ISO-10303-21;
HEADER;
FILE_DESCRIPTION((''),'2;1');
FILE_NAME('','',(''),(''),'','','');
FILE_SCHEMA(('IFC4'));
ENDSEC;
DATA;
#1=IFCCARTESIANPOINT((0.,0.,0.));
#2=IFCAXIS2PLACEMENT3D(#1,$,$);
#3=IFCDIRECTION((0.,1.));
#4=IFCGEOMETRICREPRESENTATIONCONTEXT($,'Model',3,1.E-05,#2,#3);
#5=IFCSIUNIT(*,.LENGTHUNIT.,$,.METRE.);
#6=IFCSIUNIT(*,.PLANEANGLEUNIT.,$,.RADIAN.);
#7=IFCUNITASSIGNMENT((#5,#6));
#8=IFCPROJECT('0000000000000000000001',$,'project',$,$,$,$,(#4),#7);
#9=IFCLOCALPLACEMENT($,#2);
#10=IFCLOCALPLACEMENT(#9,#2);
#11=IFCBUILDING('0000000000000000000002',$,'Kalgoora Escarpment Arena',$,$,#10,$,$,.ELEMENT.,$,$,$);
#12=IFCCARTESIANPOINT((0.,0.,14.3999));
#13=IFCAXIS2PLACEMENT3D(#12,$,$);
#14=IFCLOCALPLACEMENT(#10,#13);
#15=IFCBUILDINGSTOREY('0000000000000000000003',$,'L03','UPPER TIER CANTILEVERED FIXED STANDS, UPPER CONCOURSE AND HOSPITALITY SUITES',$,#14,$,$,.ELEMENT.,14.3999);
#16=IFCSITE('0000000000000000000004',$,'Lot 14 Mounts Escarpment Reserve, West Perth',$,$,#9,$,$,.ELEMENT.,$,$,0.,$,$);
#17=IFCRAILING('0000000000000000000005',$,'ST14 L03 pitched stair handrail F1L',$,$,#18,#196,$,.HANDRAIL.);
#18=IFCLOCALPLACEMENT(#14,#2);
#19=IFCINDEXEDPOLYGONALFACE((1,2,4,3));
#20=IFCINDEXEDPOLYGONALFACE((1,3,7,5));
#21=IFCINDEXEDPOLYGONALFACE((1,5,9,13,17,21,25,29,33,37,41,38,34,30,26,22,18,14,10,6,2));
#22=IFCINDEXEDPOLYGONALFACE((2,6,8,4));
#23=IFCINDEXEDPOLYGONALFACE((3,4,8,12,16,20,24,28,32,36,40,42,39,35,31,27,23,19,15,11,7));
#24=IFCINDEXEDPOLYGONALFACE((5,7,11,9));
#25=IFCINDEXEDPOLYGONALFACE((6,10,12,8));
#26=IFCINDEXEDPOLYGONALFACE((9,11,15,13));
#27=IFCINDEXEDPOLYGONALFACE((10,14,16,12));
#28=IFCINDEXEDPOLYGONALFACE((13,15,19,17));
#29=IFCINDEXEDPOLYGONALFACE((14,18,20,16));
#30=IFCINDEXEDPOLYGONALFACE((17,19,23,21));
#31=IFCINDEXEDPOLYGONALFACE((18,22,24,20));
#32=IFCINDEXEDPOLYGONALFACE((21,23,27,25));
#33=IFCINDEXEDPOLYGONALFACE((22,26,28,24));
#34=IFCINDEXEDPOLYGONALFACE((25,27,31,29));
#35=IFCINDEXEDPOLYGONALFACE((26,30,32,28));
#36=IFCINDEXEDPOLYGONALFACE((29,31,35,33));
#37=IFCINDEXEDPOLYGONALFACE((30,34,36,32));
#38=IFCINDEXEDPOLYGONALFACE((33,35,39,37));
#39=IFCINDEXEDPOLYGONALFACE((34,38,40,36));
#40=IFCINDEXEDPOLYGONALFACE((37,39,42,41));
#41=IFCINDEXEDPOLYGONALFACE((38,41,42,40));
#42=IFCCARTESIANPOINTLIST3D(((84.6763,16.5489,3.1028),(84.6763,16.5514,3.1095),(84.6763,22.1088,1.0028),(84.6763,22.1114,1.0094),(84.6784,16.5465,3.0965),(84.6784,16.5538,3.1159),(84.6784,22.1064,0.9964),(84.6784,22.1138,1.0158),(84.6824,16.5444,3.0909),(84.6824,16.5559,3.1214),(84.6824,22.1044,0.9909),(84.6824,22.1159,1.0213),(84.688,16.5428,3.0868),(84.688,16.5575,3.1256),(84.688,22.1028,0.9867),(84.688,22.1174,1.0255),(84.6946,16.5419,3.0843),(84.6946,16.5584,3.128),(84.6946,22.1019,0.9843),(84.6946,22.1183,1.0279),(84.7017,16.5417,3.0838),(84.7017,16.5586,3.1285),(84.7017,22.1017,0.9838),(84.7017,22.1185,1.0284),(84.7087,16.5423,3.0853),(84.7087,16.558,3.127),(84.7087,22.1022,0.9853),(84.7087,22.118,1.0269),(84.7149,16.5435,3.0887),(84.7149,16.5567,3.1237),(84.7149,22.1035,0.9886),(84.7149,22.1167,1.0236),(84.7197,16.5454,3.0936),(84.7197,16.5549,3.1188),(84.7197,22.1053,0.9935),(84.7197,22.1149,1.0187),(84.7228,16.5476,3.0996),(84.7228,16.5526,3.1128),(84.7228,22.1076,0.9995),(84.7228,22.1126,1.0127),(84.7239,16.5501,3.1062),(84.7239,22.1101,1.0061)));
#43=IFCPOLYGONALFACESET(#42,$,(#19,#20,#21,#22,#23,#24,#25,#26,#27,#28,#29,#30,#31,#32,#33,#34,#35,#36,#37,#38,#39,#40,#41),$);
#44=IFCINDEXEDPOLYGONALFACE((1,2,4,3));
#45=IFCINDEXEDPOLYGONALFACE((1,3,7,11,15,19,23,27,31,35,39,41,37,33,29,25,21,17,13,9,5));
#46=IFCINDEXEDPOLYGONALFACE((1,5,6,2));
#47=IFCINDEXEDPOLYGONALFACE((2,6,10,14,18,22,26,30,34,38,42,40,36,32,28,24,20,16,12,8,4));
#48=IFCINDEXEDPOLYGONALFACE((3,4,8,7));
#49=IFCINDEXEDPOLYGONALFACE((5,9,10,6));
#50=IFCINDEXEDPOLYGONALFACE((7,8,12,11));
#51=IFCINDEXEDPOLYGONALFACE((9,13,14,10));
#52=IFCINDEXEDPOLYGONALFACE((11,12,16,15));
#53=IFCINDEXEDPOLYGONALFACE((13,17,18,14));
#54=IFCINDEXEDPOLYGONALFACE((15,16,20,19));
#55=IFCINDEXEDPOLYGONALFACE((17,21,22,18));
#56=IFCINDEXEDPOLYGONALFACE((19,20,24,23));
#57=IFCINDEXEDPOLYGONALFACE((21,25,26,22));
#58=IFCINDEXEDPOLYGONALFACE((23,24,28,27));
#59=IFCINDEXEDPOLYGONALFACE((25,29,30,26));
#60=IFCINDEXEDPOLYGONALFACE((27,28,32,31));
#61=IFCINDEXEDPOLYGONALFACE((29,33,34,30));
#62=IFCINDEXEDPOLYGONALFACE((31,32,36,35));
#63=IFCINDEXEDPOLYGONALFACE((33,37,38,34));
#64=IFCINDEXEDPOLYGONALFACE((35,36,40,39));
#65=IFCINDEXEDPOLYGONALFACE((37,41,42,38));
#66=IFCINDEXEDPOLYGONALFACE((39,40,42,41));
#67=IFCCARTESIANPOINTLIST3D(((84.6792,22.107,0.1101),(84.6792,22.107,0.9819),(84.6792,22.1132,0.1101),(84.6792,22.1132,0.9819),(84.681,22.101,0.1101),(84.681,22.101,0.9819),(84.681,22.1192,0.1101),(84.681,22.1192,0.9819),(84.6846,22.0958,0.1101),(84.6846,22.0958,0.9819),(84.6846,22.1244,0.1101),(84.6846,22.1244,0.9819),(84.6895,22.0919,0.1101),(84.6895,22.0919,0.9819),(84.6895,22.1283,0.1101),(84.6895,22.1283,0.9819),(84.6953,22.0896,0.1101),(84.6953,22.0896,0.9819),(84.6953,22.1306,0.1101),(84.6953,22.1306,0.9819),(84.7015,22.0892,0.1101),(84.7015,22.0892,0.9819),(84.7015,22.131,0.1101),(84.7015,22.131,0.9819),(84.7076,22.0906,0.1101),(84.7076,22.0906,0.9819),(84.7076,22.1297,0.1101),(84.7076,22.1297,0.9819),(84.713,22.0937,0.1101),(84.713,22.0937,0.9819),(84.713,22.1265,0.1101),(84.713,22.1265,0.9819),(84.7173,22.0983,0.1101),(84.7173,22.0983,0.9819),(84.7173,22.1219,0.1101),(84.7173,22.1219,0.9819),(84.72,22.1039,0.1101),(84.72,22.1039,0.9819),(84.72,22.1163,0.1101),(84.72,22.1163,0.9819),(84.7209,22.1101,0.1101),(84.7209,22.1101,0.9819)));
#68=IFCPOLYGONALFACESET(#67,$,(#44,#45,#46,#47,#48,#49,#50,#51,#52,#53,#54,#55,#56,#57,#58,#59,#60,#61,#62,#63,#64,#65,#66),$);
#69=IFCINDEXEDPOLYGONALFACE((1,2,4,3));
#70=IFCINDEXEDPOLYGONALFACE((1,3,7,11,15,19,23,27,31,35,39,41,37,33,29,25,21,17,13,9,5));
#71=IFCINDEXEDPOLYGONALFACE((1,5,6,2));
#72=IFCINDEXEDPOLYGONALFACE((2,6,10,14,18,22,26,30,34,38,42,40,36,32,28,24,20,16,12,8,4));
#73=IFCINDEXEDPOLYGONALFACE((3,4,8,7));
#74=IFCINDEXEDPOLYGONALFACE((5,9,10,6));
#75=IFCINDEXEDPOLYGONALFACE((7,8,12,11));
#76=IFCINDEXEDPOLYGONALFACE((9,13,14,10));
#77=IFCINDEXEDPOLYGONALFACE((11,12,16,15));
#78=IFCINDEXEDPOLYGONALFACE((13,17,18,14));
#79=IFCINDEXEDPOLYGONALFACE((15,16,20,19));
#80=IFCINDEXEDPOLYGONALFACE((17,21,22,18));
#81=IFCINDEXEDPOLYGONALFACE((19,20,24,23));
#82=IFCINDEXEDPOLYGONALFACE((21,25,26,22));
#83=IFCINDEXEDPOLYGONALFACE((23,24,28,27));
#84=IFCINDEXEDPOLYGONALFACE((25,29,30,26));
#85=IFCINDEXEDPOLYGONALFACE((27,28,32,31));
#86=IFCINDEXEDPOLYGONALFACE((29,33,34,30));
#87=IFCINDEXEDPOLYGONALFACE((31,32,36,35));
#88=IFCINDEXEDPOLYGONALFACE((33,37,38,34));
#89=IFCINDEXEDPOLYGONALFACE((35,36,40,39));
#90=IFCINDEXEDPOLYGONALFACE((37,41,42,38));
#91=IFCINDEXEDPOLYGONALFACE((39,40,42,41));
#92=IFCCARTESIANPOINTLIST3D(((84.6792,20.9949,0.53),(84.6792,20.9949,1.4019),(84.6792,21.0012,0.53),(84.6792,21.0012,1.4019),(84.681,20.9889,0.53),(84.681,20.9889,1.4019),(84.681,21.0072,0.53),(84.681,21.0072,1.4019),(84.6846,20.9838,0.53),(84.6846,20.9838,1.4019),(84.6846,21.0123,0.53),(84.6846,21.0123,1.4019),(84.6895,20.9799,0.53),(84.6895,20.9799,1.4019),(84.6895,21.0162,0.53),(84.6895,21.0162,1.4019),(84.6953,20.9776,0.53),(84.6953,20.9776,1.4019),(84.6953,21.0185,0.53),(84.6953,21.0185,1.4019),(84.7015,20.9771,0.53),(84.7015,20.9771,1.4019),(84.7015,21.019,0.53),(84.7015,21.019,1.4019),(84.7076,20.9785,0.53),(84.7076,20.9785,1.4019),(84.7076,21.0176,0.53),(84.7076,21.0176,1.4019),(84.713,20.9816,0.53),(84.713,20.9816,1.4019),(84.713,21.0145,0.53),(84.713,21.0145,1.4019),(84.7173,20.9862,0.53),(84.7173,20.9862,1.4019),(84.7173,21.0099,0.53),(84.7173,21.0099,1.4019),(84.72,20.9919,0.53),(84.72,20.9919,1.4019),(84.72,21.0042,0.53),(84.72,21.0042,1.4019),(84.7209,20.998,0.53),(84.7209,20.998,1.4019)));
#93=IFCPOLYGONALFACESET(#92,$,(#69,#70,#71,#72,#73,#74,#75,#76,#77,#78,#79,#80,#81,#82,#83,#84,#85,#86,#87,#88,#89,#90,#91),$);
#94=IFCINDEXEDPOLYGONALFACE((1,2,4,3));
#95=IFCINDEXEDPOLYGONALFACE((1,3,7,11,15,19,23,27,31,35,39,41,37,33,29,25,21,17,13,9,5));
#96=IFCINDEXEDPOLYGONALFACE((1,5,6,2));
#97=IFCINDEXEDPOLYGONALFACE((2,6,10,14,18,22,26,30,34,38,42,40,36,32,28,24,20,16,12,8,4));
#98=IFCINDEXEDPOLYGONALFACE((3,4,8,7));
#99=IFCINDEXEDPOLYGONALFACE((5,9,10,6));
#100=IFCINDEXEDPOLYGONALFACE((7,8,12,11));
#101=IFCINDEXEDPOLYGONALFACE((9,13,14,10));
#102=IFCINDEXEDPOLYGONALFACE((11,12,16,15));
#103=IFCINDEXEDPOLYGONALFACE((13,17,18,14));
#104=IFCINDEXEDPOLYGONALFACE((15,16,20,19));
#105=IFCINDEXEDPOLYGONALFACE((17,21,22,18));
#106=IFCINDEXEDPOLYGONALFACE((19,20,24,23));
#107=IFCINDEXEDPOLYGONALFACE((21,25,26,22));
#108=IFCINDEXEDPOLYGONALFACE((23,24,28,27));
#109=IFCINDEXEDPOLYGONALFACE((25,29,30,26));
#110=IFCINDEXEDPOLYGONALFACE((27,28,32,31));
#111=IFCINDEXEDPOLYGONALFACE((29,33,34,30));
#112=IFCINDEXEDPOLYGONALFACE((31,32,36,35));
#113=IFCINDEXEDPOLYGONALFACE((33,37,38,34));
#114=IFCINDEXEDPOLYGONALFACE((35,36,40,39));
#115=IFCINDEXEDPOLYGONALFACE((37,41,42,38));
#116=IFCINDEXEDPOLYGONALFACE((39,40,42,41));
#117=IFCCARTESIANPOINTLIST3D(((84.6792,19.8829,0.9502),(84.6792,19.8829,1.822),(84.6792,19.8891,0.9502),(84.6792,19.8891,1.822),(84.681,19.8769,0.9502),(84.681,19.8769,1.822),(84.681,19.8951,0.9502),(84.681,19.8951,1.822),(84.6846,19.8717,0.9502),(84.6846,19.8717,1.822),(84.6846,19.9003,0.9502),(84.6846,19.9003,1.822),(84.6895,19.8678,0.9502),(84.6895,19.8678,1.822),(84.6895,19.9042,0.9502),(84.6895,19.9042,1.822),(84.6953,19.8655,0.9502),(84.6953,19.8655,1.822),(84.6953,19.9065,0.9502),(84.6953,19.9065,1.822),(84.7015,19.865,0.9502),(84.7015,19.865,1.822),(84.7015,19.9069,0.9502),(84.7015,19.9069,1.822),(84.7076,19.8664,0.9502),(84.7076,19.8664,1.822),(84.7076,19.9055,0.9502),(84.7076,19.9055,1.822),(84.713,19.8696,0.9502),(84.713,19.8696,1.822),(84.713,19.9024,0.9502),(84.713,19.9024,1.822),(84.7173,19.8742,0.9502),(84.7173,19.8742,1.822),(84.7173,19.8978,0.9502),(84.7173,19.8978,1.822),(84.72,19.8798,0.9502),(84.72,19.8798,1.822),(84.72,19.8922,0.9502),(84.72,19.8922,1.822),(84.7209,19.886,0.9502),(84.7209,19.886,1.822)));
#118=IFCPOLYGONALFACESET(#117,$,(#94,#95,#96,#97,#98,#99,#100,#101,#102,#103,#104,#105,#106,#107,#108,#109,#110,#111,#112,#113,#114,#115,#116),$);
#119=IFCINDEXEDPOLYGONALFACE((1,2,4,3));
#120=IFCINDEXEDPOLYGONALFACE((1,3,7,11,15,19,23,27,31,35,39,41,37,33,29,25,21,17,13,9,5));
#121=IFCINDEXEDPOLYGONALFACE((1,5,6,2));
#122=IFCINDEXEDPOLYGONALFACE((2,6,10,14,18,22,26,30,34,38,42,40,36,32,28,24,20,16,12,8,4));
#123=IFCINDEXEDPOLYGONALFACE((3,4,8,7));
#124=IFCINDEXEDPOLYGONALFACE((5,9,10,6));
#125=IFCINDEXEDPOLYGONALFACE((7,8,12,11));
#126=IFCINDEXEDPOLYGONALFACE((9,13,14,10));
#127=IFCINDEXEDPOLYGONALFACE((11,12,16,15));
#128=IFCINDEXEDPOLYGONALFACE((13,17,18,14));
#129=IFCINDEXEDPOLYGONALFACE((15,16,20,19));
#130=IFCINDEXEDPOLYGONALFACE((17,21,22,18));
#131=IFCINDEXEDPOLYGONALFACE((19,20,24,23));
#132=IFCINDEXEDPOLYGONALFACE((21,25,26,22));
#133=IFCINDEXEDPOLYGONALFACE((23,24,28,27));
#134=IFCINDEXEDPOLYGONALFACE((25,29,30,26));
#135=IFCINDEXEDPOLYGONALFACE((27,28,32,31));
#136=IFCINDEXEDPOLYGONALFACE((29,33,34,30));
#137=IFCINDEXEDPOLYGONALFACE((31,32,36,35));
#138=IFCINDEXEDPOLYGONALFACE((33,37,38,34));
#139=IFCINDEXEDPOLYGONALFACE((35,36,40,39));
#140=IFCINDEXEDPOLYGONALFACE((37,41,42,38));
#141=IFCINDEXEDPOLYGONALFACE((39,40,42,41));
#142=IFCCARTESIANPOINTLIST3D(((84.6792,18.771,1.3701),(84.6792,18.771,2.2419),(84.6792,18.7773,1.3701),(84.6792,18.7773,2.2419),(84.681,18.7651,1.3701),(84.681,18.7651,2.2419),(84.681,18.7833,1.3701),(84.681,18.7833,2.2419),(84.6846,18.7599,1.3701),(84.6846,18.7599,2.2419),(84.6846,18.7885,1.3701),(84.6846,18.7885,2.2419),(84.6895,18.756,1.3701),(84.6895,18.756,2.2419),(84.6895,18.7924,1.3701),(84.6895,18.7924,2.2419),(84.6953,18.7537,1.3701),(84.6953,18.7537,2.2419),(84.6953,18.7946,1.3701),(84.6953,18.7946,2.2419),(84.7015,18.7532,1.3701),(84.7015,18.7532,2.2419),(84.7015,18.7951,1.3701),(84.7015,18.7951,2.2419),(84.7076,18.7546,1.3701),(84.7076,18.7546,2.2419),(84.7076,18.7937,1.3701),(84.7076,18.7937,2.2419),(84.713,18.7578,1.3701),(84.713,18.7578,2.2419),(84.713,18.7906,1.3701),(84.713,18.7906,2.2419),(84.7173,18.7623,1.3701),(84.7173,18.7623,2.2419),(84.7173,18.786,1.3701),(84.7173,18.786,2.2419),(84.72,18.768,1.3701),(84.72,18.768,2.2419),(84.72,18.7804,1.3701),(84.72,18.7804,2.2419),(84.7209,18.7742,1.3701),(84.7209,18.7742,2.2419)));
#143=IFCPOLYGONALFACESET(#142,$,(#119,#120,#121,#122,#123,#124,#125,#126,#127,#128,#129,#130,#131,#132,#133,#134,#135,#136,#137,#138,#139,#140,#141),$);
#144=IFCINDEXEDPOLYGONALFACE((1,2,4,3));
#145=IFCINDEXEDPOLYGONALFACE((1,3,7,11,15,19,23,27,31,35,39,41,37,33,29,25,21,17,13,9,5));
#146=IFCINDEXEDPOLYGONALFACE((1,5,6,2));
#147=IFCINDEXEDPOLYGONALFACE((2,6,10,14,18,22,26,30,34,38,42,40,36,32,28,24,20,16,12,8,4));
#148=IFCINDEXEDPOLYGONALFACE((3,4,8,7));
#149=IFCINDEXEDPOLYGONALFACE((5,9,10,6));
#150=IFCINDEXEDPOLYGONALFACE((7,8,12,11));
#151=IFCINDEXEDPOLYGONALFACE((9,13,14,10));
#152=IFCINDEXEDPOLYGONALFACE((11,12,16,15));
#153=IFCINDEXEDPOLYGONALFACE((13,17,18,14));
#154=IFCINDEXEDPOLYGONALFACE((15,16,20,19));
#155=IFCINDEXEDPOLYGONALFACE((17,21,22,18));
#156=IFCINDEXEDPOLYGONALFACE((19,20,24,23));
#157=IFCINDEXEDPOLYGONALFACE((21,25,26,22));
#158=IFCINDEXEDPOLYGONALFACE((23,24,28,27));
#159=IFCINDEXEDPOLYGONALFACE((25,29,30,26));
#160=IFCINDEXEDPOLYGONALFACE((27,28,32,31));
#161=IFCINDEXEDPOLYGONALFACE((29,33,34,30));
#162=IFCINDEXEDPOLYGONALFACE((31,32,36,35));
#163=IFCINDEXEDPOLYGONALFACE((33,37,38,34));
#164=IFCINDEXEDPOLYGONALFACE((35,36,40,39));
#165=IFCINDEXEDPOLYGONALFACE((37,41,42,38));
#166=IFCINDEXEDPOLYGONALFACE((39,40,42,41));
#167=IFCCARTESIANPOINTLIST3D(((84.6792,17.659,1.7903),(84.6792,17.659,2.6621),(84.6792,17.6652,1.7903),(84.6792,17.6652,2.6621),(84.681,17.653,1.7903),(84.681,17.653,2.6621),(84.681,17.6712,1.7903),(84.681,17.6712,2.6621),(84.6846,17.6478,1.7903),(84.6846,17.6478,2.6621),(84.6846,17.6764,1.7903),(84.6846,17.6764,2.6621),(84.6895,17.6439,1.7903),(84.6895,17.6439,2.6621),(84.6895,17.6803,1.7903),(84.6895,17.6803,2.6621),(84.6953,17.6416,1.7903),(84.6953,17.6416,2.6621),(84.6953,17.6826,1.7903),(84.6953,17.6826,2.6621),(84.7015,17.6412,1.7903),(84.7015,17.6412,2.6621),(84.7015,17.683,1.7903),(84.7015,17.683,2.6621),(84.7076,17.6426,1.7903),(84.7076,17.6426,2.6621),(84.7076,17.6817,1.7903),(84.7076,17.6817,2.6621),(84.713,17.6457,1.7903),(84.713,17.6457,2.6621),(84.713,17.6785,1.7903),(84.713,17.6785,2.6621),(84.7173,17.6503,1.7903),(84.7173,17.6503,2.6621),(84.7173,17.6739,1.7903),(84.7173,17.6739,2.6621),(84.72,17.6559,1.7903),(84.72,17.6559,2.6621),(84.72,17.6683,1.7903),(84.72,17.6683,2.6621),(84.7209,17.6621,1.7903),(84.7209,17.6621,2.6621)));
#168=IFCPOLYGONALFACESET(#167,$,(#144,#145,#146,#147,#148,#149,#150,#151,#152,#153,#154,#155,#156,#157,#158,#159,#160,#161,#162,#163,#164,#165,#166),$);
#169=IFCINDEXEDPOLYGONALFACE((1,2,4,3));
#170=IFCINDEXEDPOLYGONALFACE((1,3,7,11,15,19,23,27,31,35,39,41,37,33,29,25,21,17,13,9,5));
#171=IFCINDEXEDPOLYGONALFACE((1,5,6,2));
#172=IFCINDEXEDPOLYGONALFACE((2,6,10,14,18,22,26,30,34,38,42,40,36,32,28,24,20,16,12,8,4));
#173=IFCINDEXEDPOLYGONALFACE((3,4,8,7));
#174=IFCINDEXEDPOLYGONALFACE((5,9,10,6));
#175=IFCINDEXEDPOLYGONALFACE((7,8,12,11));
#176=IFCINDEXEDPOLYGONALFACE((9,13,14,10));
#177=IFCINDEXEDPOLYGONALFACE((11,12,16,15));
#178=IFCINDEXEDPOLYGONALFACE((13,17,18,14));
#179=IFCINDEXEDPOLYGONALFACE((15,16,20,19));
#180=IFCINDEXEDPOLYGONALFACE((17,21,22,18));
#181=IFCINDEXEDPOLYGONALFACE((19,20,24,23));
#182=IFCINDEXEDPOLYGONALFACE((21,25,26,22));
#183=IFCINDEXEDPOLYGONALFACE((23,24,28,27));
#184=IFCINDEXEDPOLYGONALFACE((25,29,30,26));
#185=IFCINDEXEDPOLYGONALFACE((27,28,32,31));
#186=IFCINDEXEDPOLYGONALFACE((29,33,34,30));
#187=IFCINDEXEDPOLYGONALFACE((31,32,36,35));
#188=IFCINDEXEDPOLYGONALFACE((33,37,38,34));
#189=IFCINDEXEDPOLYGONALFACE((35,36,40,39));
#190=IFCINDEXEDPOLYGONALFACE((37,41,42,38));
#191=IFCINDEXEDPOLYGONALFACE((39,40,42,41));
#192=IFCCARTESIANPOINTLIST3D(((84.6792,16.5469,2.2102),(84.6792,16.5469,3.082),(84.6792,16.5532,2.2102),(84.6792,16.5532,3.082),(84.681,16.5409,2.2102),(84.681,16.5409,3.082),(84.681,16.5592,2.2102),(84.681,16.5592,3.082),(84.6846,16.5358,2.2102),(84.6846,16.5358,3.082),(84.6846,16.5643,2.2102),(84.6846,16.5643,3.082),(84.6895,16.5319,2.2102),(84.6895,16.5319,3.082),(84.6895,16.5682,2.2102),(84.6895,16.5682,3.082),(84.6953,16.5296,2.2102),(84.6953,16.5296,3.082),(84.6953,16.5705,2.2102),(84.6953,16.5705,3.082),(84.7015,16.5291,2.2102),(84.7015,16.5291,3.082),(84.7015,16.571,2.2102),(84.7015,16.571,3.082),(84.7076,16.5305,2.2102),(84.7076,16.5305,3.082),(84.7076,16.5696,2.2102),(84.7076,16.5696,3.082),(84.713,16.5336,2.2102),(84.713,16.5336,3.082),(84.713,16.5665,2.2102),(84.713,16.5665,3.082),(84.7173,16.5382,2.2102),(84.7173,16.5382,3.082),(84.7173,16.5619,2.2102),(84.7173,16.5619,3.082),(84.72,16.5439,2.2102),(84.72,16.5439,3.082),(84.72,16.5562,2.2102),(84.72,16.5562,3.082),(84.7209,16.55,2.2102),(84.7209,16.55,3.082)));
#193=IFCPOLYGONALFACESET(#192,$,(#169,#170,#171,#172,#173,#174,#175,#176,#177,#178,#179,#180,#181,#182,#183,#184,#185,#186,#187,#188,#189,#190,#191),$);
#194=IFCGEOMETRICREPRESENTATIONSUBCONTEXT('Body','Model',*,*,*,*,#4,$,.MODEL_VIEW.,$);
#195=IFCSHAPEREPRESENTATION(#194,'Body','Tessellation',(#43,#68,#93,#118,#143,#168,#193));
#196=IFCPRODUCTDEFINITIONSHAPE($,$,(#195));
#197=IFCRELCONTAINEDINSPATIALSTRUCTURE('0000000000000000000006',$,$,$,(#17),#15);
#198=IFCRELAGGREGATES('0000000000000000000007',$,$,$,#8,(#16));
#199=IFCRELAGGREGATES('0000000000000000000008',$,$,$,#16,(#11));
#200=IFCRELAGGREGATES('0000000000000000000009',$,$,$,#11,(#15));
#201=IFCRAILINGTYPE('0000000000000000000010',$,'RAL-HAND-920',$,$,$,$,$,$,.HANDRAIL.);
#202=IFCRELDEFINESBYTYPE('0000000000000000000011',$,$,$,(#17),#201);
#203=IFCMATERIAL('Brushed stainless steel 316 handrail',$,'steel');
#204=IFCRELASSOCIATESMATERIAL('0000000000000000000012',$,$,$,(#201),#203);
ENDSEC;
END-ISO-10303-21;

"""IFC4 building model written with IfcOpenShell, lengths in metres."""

from ifc_helpers import new_model, si_unit, direction, frame, origin, origin_2d, place, context, subcontext, project, spatial, circle, extrude, material, type_object, element, save


model = new_model("IFC4")

# Units and contexts
model_context = context("Model", 3, precision=1e-05, world=origin(), true_north=direction((0.0, 1.0)))
body_context = subcontext(model_context, "Body", "Model", "MODEL_VIEW")
ifc_project = project(units=[si_unit("LENGTHUNIT", "METRE"), si_unit("PLANEANGLEUNIT", "RADIAN")], contexts=[model_context])

# Site, building, storey
site_placement = place(None, origin())
site = spatial("IfcSite", under=ifc_project, at=site_placement, Name="Lot 14 Mounts Escarpment Reserve, West Perth", CompositionType="ELEMENT", RefElevation=0.0)
building_placement = place(site_placement, origin())
building = spatial("IfcBuilding", under=site, at=building_placement, Name="Kalgoora Escarpment Arena", CompositionType="ELEMENT")
storey_placement = place(building_placement, frame((0.0, 0.0, 14.3999)))
storey = spatial("IfcBuildingStorey", under=building, at=storey_placement, Name="L03", Description="UPPER TIER CANTILEVERED FIXED STANDS, UPPER CONCOURSE AND HOSPITALITY SUITES", CompositionType="ELEMENT", Elevation=14.3999)

# Railing
ifc_material_1 = material(Name="Brushed stainless steel 316 handrail", Category="steel")
railing_type_1 = type_object("IfcRailingType", Name="RAL-HAND-920", PredefinedType="HANDRAIL", material=ifc_material_1)
for number, where, name in (
    (1, (84.7, 22.1101, 0.1101), "ST14 L03 pitched stair handrail F1L"),
):
    element("IfcRailing", number, at=place(storey_placement, frame(where)), inside=storey, type_object=railing_type_1, Name=name, PredefinedType="HANDRAIL", context=body_context, shape_type="SweptSolid", body=[
        extrude(circle(Radius=0.0239, at=origin_2d()), frame((0.0, 0.0, 0.896), z_axis=(0.0, -0.935493, 0.353346), x_axis=(1.0, 0.0, 0.0)), (0.0, 0.0, 1.0), 5.9434),
        extrude(circle(Radius=0.021, at=origin_2d()), origin(), (0.0, 0.0, 1.0), 0.8718),
        extrude(circle(Radius=0.021, at=origin_2d()), frame((0.0, -1.1121, 0.4199)), (0.0, 0.0, 1.0), 0.8718),
        extrude(circle(Radius=0.021, at=origin_2d()), frame((0.0, -2.2241, 0.8401)), (0.0, 0.0, 1.0), 0.8718),
        extrude(circle(Radius=0.021, at=origin_2d()), frame((0.0, -3.3359, 1.26)), (0.0, 0.0, 1.0), 0.8718),
        extrude(circle(Radius=0.021, at=origin_2d()), frame((0.0, -4.448, 1.6802)), (0.0, 0.0, 1.0), 0.8718),
        extrude(circle(Radius=0.021, at=origin_2d()), frame((0.0, -5.5601, 2.1001)), (0.0, 0.0, 1.0), 0.8718),
    ])

save(model, "model.ifc")
